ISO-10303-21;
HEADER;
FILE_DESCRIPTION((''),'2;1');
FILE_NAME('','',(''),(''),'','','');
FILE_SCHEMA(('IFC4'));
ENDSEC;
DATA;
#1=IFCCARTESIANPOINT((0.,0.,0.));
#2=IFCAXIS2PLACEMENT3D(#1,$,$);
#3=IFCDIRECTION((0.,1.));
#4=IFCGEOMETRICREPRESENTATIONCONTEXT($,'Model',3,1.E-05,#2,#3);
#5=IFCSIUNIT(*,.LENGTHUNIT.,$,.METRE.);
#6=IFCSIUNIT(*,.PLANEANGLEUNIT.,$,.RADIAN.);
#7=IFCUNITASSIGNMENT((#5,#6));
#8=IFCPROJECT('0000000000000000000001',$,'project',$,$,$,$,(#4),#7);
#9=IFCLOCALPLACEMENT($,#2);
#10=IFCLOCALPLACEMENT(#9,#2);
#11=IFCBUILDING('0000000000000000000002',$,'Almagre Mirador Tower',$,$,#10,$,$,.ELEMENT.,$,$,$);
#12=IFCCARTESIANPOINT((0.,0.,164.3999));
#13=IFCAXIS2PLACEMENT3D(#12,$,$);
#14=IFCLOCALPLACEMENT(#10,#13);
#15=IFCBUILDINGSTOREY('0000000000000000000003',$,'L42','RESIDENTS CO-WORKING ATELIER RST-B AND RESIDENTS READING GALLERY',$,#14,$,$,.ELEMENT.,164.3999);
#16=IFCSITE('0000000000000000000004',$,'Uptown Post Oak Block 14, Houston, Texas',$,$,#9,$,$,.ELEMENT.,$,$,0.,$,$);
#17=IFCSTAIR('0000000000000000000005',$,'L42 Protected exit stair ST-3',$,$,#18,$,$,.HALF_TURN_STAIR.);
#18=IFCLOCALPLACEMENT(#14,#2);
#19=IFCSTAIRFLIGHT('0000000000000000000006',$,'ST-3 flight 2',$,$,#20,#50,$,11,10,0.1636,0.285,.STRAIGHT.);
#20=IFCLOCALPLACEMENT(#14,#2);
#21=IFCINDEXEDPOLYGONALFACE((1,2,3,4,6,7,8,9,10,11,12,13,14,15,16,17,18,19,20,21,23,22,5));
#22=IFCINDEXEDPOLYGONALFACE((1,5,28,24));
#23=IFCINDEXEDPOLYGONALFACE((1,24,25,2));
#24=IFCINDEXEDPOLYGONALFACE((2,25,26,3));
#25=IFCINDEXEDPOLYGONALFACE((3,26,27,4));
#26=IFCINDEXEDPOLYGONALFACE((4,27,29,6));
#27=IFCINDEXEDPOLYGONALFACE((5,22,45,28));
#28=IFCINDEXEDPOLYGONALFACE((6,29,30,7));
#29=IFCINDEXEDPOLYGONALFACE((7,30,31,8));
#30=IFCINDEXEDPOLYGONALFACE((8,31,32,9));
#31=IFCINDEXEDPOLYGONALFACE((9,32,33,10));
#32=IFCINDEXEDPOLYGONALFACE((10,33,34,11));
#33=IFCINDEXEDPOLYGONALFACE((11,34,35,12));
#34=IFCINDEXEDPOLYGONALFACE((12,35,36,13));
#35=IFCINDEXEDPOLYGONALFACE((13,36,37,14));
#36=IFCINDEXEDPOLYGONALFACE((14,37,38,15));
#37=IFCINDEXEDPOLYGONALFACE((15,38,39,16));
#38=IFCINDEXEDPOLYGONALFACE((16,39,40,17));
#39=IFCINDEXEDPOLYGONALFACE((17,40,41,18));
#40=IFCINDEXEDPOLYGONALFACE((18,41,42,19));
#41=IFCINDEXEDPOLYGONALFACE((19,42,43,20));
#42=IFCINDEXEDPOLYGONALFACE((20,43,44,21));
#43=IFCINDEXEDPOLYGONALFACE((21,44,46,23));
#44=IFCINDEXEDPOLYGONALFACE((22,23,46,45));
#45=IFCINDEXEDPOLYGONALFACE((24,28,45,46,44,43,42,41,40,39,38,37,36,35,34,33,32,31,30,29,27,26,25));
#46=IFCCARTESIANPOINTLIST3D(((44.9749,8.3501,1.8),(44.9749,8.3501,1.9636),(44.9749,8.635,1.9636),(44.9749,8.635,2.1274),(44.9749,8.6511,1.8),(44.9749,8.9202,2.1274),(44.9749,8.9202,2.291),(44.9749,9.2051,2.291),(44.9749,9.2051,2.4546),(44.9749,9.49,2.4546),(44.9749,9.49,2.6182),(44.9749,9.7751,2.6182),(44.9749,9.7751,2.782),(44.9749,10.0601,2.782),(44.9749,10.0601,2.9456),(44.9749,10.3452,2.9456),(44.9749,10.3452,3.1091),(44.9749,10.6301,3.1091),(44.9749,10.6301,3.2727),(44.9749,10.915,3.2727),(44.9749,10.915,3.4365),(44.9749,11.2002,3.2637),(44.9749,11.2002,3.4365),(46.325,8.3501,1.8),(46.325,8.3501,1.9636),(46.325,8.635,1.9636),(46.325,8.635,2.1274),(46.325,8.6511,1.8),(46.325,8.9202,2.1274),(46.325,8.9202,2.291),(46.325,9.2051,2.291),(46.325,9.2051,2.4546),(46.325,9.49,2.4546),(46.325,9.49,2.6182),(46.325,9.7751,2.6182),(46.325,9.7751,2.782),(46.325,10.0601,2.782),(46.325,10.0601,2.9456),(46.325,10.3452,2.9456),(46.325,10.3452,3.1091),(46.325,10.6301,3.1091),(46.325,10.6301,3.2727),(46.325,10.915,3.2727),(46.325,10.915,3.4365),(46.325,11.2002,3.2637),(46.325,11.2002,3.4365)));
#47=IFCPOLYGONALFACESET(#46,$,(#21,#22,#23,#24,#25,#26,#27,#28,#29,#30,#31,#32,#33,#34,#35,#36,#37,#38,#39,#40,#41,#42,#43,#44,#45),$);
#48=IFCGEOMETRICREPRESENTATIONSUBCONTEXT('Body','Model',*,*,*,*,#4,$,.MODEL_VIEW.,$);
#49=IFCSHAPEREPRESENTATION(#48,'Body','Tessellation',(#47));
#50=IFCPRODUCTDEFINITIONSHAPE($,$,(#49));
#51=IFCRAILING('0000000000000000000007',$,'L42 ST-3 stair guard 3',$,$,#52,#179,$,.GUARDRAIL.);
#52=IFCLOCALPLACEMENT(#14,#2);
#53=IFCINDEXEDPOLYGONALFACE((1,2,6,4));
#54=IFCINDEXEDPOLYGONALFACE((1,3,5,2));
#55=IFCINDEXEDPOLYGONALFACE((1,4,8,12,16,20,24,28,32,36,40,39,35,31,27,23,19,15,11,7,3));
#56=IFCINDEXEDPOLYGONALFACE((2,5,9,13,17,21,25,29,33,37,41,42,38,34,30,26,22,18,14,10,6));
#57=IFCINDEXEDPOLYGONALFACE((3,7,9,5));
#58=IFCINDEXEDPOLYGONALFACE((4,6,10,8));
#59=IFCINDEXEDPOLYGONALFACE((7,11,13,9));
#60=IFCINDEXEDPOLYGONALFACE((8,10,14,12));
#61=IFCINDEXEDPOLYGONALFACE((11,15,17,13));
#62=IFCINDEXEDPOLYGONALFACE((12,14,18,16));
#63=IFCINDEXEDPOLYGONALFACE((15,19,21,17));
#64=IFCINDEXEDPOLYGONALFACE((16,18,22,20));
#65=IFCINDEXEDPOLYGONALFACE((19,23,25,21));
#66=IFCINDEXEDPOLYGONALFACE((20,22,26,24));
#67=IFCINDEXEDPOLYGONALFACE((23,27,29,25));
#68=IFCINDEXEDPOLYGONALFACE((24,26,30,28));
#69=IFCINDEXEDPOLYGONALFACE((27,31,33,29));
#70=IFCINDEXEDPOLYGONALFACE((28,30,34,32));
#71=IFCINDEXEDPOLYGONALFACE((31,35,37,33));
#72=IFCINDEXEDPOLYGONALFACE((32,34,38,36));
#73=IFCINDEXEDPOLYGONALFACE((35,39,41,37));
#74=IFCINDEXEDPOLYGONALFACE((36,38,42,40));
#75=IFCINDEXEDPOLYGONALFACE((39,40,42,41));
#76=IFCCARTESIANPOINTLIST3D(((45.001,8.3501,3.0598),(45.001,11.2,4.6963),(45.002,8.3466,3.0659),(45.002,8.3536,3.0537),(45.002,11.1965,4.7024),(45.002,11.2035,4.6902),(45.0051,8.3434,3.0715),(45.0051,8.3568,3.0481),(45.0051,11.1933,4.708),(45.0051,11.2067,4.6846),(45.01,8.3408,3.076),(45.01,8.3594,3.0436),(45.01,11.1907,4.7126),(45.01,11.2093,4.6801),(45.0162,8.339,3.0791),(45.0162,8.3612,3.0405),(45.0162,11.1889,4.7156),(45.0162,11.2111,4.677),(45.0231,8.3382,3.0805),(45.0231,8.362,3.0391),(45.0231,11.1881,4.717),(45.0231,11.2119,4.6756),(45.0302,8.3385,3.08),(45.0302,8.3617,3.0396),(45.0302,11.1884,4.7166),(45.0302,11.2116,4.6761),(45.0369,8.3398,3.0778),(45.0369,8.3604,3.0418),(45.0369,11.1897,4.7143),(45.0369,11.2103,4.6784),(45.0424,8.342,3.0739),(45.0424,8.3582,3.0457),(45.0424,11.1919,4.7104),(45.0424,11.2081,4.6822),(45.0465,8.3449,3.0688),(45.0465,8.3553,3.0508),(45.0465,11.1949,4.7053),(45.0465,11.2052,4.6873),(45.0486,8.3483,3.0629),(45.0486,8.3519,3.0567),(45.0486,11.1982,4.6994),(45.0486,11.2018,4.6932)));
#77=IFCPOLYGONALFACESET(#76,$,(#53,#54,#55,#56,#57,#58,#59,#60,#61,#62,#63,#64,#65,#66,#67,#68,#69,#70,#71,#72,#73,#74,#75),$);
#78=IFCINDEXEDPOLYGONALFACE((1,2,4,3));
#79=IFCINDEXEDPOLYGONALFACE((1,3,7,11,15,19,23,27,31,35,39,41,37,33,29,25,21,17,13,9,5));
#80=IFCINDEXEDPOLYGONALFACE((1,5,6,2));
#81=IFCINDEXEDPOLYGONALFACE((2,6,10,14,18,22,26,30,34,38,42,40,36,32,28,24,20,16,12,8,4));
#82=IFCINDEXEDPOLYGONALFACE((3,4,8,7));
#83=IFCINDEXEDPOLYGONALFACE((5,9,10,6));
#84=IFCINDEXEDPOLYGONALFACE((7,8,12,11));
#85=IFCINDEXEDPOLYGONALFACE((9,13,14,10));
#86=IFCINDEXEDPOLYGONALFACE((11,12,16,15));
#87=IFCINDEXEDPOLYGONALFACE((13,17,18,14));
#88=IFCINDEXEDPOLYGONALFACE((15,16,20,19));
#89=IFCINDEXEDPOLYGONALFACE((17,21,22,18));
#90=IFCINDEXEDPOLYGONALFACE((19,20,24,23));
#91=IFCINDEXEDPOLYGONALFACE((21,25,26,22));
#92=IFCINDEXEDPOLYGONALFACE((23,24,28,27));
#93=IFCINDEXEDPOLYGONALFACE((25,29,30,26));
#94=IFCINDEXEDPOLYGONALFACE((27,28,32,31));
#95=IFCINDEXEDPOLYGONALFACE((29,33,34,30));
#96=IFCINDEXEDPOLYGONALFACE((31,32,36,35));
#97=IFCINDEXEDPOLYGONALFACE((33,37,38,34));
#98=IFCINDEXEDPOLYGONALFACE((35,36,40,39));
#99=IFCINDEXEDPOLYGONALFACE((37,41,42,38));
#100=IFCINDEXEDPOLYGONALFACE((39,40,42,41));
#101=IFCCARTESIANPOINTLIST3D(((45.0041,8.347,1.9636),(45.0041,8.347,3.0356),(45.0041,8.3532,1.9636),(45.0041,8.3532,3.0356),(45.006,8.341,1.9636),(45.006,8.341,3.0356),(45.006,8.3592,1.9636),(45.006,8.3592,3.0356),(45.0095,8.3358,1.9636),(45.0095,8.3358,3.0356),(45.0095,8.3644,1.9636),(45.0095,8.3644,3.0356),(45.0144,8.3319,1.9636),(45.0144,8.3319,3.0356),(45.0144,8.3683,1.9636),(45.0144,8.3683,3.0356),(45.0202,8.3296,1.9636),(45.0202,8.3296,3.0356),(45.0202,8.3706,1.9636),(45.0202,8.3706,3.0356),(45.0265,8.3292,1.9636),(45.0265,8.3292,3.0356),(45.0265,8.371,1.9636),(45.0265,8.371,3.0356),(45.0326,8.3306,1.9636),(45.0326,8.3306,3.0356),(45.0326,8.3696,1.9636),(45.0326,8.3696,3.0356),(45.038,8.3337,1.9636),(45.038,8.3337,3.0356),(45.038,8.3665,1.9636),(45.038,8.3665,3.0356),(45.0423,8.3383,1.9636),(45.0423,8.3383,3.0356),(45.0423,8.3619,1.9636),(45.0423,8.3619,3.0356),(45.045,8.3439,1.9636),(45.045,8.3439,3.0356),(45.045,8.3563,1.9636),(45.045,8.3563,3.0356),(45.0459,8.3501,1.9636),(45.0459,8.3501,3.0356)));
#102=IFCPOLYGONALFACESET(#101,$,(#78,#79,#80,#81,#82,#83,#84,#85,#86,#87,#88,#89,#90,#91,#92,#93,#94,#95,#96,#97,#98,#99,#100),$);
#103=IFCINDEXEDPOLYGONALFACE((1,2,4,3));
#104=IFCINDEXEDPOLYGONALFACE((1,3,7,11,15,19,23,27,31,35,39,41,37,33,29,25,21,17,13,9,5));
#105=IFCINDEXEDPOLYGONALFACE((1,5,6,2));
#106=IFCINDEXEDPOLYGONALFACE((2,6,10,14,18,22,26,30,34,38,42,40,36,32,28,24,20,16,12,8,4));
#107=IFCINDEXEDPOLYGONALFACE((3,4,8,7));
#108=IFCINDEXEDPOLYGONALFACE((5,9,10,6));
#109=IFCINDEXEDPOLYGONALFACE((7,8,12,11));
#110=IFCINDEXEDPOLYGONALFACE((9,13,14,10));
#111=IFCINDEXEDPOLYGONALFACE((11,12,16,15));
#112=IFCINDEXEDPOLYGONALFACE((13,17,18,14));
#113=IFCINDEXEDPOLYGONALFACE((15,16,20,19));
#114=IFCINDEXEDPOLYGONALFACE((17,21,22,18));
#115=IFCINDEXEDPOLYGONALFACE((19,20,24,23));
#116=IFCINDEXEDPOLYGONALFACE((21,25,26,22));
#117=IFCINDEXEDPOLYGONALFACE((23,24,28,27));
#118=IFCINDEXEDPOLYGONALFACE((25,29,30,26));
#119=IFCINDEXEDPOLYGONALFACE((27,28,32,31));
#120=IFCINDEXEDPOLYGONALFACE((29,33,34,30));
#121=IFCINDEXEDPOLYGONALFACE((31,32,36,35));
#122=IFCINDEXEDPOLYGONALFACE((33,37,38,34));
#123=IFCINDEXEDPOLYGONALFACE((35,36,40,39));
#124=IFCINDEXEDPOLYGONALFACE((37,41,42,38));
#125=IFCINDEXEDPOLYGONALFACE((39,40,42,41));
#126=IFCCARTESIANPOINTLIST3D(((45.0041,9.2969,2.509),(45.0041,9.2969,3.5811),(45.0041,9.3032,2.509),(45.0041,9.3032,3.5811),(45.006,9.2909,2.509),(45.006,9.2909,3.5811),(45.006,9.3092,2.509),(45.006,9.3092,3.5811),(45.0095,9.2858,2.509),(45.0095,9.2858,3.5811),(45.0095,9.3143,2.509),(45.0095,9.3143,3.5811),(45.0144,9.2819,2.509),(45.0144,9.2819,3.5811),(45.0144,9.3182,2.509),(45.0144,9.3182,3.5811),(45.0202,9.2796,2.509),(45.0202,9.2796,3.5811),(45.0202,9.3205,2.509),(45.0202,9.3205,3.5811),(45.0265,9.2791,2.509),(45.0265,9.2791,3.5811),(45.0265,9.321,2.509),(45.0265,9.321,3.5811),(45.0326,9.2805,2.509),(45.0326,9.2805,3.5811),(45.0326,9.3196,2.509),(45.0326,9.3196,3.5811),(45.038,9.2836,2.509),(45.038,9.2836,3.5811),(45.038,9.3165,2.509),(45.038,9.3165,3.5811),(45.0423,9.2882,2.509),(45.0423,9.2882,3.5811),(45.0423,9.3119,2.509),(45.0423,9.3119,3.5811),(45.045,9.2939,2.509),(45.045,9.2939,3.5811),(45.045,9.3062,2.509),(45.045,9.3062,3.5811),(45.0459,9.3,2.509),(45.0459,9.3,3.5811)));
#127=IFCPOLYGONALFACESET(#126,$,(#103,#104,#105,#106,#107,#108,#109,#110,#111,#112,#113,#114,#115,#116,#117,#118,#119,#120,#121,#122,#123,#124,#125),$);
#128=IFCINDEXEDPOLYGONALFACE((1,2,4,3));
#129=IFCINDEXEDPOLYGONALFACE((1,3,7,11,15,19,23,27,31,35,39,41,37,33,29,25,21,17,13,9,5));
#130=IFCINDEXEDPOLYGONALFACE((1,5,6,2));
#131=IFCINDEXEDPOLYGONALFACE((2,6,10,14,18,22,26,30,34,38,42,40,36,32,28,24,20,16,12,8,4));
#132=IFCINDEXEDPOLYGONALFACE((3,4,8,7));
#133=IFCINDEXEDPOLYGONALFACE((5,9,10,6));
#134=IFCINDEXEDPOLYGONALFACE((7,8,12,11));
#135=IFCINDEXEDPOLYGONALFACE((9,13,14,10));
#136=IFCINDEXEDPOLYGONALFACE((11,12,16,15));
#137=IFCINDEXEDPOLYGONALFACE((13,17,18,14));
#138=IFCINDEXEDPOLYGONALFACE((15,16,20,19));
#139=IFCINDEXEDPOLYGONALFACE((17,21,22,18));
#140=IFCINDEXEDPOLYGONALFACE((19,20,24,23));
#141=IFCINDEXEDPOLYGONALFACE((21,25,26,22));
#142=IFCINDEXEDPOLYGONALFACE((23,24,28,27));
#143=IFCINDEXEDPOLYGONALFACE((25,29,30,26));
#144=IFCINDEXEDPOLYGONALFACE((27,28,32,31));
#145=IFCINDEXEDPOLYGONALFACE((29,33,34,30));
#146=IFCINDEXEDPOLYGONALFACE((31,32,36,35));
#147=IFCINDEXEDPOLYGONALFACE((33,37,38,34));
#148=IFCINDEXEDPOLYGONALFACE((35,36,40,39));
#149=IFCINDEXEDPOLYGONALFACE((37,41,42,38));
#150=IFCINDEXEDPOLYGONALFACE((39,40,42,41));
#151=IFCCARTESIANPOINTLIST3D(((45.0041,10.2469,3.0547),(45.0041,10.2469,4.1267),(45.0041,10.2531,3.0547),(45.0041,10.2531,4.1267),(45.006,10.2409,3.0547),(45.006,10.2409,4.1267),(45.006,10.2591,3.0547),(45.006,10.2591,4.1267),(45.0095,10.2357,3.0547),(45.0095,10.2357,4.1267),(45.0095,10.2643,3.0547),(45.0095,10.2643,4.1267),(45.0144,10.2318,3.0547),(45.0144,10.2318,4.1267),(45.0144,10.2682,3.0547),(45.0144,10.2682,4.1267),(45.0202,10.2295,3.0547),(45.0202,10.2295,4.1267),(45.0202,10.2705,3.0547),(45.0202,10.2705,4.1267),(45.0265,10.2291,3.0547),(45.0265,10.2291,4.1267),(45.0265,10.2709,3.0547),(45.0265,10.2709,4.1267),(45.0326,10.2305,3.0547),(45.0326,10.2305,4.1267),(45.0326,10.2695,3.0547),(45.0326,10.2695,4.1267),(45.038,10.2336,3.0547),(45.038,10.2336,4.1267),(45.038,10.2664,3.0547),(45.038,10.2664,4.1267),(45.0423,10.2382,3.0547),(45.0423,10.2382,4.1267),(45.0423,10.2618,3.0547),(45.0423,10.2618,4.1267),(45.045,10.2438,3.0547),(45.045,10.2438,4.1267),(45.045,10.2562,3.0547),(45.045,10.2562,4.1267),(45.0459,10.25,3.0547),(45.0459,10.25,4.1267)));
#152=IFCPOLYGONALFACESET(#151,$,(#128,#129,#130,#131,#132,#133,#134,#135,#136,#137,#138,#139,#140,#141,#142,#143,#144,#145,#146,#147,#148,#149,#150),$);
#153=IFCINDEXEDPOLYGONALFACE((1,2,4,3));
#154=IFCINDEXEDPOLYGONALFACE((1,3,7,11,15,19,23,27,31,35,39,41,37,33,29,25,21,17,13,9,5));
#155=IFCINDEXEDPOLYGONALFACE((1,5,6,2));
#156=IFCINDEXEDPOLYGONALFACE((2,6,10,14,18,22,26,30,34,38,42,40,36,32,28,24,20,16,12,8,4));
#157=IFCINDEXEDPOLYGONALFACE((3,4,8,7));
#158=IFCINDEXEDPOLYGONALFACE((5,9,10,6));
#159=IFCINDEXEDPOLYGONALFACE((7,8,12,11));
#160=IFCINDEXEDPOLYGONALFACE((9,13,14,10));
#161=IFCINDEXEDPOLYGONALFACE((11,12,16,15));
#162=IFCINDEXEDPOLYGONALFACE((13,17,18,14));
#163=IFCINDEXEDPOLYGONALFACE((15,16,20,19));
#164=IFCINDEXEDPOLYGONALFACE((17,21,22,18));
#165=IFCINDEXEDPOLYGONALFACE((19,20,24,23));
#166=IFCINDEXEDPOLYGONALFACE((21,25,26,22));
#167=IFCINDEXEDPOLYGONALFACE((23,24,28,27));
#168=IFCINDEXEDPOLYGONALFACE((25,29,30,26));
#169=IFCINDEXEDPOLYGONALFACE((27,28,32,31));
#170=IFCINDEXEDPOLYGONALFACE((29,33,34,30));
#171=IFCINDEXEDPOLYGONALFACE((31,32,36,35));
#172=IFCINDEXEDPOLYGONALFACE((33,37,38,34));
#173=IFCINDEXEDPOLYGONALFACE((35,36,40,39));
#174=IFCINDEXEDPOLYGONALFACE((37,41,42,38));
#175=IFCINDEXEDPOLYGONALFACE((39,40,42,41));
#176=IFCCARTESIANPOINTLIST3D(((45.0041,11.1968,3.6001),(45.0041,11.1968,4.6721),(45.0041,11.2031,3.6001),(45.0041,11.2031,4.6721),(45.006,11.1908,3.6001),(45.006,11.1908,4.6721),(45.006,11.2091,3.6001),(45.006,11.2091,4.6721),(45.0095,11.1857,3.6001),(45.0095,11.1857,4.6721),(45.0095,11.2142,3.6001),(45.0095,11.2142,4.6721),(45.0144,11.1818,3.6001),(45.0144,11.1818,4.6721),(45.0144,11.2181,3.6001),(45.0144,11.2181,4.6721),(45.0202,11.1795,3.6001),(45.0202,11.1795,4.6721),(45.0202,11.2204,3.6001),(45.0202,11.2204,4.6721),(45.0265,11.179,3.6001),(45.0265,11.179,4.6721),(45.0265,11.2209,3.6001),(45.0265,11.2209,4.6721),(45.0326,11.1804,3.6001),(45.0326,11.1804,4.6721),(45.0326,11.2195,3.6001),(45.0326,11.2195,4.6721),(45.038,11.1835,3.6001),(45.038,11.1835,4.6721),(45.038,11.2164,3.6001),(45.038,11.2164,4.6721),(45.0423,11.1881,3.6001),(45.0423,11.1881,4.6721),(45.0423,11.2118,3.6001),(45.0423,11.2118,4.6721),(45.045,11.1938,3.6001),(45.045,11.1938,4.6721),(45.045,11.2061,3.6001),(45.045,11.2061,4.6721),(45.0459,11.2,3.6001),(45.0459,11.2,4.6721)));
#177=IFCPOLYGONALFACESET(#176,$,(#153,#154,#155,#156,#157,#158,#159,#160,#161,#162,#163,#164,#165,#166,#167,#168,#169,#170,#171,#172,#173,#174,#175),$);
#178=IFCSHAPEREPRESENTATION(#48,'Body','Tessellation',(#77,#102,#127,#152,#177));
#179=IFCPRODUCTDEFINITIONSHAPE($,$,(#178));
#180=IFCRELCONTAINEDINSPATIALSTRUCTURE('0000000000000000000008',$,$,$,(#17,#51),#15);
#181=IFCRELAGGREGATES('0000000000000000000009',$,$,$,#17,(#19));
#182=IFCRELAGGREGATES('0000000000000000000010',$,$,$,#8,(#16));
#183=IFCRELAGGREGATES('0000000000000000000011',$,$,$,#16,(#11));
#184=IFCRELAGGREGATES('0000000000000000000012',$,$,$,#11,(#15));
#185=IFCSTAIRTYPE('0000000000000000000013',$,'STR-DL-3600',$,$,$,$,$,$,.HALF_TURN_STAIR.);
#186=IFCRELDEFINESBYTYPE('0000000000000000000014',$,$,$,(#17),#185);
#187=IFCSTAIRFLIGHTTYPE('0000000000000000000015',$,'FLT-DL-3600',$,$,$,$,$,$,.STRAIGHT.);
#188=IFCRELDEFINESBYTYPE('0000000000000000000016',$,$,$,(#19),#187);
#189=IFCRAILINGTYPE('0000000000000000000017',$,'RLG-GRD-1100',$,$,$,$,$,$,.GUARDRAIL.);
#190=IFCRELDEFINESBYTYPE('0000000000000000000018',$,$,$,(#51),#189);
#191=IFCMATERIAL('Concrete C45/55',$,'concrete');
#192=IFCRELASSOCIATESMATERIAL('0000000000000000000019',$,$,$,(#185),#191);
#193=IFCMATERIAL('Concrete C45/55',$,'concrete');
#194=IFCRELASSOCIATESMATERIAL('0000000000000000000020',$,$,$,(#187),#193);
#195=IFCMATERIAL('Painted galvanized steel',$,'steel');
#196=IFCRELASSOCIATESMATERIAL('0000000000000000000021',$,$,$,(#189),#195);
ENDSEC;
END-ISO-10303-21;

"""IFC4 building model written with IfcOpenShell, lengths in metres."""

from ifc_helpers import new_model, si_unit, direction, frame, origin, origin_2d, place, context, subcontext, project, spatial, polyline, circle, outline, extrude, material, type_object, element, aggregate, save


model = new_model("IFC4")

# Units and contexts
model_context = context("Model", 3, precision=1e-05, world=origin(), true_north=direction((0.0, 1.0)))
body_context = subcontext(model_context, "Body", "Model", "MODEL_VIEW")
ifc_project = project(units=[si_unit("LENGTHUNIT", "METRE"), si_unit("PLANEANGLEUNIT", "RADIAN")], contexts=[model_context])

# Site, building, storey
site_placement = place(None, origin())
site = spatial("IfcSite", under=ifc_project, at=site_placement, Name="Uptown Post Oak Block 14, Houston, Texas", CompositionType="ELEMENT", RefElevation=0.0)
building_placement = place(site_placement, origin())
building = spatial("IfcBuilding", under=site, at=building_placement, Name="Almagre Mirador Tower", CompositionType="ELEMENT")
storey_placement = place(building_placement, frame((0.0, 0.0, 164.3999)))
storey = spatial("IfcBuildingStorey", under=building, at=storey_placement, Name="L42", Description="RESIDENTS CO-WORKING ATELIER RST-B AND RESIDENTS READING GALLERY", CompositionType="ELEMENT", Elevation=164.3999)

# Stair, stair flight
ifc_material_1 = material(Name="Concrete C45/55", Category="concrete")
stair_type = type_object("IfcStairType", Name="STR-DL-3600", PredefinedType="HALF_TURN_STAIR", material=ifc_material_1)
stair_placement = place(storey_placement, origin())
stair = element("IfcStair", 1, at=stair_placement, inside=storey, type_object=stair_type, Name="L42 Protected exit stair ST-3", PredefinedType="HALF_TURN_STAIR")
ifc_material_2 = material(Name="Concrete C45/55", Category="concrete")
stair_flight_type = type_object("IfcStairFlightType", Name="FLT-DL-3600", PredefinedType="STRAIGHT", material=ifc_material_2)
stair_flight_placement = place(storey_placement, frame((45.6499, 8.3501, 1.8), z_axis=(0.0, 0.0, 1.0), x_axis=(0.0, 1.0, 0.0)))
stair_flight = element("IfcStairFlight", 2, at=stair_flight_placement, type_object=stair_flight_type, Name="ST-3 flight 2", NumberOfRisers=11, NumberOfTreads=10, PredefinedType="STRAIGHT", RiserHeight=0.1636, TreadLength=0.285, context=body_context, shape_type="SweptSolid", body=[
    extrude(outline(polyline([(0.0, 0.0), (0.0, 0.1636), (0.2849, 0.1636), (0.2849, 0.3274), (0.5701, 0.3274), (0.5701, 0.491), (0.855, 0.491), (0.855, 0.6545), (1.1399, 0.6545), (1.1399, 0.8181), (1.425, 0.8181), (1.425, 0.9819), (1.71, 0.9819), (1.71, 1.1455), (1.9951, 1.1455), (1.9951, 1.3091), (2.28, 1.3091), (2.28, 1.4727), (2.5649, 1.4727), (2.5649, 1.6365), (2.8501, 1.6365), (2.8501, 1.8), (2.8501, 1.4636), (0.301, 0.0), (0.0, 0.0)])), frame((0.0, 0.675, 0.0), z_axis=(0.0, -1.0, 0.0), x_axis=(1.0, 0.0, 0.0)), (0.0, 0.0, 1.0), 1.3501),
])
aggregate(stair, [stair_flight])

# Railing
ifc_material_3 = material(Name="Painted galvanized steel", Category="steel")
railing_type = type_object("IfcRailingType", Name="RLG-GRD-1100", PredefinedType="GUARDRAIL", material=ifc_material_3)
railing_placement = place(storey_placement, frame((45.0249, 8.3501, 1.9636)))
element("IfcRailing", 3, at=railing_placement, inside=storey, type_object=railing_type, Name="L42 ST-3 stair guard 3", PredefinedType="GUARDRAIL", context=body_context, shape_type="SweptSolid", body=[
    extrude(circle(Radius=0.0239, at=origin_2d()), frame((0.0, 0.0, 1.0962), z_axis=(0.0, 0.867194, 0.49797), x_axis=(-1.0, 0.0, 0.0)), (0.0, 0.0, 1.0), 3.2864),
    extrude(circle(Radius=0.021, at=origin_2d()), origin(), (0.0, 0.0, 1.0), 1.072),
    extrude(circle(Radius=0.021, at=origin_2d()), frame((0.0, 0.95, 0.5454)), (0.0, 0.0, 1.0), 1.072),
    extrude(circle(Radius=0.021, at=origin_2d()), frame((0.0, 1.8999, 1.0911)), (0.0, 0.0, 1.0), 1.072),
    extrude(circle(Radius=0.021, at=origin_2d()), frame((0.0, 2.8499, 1.6365)), (0.0, 0.0, 1.0), 1.072),
])

save(model, "model.ifc")
